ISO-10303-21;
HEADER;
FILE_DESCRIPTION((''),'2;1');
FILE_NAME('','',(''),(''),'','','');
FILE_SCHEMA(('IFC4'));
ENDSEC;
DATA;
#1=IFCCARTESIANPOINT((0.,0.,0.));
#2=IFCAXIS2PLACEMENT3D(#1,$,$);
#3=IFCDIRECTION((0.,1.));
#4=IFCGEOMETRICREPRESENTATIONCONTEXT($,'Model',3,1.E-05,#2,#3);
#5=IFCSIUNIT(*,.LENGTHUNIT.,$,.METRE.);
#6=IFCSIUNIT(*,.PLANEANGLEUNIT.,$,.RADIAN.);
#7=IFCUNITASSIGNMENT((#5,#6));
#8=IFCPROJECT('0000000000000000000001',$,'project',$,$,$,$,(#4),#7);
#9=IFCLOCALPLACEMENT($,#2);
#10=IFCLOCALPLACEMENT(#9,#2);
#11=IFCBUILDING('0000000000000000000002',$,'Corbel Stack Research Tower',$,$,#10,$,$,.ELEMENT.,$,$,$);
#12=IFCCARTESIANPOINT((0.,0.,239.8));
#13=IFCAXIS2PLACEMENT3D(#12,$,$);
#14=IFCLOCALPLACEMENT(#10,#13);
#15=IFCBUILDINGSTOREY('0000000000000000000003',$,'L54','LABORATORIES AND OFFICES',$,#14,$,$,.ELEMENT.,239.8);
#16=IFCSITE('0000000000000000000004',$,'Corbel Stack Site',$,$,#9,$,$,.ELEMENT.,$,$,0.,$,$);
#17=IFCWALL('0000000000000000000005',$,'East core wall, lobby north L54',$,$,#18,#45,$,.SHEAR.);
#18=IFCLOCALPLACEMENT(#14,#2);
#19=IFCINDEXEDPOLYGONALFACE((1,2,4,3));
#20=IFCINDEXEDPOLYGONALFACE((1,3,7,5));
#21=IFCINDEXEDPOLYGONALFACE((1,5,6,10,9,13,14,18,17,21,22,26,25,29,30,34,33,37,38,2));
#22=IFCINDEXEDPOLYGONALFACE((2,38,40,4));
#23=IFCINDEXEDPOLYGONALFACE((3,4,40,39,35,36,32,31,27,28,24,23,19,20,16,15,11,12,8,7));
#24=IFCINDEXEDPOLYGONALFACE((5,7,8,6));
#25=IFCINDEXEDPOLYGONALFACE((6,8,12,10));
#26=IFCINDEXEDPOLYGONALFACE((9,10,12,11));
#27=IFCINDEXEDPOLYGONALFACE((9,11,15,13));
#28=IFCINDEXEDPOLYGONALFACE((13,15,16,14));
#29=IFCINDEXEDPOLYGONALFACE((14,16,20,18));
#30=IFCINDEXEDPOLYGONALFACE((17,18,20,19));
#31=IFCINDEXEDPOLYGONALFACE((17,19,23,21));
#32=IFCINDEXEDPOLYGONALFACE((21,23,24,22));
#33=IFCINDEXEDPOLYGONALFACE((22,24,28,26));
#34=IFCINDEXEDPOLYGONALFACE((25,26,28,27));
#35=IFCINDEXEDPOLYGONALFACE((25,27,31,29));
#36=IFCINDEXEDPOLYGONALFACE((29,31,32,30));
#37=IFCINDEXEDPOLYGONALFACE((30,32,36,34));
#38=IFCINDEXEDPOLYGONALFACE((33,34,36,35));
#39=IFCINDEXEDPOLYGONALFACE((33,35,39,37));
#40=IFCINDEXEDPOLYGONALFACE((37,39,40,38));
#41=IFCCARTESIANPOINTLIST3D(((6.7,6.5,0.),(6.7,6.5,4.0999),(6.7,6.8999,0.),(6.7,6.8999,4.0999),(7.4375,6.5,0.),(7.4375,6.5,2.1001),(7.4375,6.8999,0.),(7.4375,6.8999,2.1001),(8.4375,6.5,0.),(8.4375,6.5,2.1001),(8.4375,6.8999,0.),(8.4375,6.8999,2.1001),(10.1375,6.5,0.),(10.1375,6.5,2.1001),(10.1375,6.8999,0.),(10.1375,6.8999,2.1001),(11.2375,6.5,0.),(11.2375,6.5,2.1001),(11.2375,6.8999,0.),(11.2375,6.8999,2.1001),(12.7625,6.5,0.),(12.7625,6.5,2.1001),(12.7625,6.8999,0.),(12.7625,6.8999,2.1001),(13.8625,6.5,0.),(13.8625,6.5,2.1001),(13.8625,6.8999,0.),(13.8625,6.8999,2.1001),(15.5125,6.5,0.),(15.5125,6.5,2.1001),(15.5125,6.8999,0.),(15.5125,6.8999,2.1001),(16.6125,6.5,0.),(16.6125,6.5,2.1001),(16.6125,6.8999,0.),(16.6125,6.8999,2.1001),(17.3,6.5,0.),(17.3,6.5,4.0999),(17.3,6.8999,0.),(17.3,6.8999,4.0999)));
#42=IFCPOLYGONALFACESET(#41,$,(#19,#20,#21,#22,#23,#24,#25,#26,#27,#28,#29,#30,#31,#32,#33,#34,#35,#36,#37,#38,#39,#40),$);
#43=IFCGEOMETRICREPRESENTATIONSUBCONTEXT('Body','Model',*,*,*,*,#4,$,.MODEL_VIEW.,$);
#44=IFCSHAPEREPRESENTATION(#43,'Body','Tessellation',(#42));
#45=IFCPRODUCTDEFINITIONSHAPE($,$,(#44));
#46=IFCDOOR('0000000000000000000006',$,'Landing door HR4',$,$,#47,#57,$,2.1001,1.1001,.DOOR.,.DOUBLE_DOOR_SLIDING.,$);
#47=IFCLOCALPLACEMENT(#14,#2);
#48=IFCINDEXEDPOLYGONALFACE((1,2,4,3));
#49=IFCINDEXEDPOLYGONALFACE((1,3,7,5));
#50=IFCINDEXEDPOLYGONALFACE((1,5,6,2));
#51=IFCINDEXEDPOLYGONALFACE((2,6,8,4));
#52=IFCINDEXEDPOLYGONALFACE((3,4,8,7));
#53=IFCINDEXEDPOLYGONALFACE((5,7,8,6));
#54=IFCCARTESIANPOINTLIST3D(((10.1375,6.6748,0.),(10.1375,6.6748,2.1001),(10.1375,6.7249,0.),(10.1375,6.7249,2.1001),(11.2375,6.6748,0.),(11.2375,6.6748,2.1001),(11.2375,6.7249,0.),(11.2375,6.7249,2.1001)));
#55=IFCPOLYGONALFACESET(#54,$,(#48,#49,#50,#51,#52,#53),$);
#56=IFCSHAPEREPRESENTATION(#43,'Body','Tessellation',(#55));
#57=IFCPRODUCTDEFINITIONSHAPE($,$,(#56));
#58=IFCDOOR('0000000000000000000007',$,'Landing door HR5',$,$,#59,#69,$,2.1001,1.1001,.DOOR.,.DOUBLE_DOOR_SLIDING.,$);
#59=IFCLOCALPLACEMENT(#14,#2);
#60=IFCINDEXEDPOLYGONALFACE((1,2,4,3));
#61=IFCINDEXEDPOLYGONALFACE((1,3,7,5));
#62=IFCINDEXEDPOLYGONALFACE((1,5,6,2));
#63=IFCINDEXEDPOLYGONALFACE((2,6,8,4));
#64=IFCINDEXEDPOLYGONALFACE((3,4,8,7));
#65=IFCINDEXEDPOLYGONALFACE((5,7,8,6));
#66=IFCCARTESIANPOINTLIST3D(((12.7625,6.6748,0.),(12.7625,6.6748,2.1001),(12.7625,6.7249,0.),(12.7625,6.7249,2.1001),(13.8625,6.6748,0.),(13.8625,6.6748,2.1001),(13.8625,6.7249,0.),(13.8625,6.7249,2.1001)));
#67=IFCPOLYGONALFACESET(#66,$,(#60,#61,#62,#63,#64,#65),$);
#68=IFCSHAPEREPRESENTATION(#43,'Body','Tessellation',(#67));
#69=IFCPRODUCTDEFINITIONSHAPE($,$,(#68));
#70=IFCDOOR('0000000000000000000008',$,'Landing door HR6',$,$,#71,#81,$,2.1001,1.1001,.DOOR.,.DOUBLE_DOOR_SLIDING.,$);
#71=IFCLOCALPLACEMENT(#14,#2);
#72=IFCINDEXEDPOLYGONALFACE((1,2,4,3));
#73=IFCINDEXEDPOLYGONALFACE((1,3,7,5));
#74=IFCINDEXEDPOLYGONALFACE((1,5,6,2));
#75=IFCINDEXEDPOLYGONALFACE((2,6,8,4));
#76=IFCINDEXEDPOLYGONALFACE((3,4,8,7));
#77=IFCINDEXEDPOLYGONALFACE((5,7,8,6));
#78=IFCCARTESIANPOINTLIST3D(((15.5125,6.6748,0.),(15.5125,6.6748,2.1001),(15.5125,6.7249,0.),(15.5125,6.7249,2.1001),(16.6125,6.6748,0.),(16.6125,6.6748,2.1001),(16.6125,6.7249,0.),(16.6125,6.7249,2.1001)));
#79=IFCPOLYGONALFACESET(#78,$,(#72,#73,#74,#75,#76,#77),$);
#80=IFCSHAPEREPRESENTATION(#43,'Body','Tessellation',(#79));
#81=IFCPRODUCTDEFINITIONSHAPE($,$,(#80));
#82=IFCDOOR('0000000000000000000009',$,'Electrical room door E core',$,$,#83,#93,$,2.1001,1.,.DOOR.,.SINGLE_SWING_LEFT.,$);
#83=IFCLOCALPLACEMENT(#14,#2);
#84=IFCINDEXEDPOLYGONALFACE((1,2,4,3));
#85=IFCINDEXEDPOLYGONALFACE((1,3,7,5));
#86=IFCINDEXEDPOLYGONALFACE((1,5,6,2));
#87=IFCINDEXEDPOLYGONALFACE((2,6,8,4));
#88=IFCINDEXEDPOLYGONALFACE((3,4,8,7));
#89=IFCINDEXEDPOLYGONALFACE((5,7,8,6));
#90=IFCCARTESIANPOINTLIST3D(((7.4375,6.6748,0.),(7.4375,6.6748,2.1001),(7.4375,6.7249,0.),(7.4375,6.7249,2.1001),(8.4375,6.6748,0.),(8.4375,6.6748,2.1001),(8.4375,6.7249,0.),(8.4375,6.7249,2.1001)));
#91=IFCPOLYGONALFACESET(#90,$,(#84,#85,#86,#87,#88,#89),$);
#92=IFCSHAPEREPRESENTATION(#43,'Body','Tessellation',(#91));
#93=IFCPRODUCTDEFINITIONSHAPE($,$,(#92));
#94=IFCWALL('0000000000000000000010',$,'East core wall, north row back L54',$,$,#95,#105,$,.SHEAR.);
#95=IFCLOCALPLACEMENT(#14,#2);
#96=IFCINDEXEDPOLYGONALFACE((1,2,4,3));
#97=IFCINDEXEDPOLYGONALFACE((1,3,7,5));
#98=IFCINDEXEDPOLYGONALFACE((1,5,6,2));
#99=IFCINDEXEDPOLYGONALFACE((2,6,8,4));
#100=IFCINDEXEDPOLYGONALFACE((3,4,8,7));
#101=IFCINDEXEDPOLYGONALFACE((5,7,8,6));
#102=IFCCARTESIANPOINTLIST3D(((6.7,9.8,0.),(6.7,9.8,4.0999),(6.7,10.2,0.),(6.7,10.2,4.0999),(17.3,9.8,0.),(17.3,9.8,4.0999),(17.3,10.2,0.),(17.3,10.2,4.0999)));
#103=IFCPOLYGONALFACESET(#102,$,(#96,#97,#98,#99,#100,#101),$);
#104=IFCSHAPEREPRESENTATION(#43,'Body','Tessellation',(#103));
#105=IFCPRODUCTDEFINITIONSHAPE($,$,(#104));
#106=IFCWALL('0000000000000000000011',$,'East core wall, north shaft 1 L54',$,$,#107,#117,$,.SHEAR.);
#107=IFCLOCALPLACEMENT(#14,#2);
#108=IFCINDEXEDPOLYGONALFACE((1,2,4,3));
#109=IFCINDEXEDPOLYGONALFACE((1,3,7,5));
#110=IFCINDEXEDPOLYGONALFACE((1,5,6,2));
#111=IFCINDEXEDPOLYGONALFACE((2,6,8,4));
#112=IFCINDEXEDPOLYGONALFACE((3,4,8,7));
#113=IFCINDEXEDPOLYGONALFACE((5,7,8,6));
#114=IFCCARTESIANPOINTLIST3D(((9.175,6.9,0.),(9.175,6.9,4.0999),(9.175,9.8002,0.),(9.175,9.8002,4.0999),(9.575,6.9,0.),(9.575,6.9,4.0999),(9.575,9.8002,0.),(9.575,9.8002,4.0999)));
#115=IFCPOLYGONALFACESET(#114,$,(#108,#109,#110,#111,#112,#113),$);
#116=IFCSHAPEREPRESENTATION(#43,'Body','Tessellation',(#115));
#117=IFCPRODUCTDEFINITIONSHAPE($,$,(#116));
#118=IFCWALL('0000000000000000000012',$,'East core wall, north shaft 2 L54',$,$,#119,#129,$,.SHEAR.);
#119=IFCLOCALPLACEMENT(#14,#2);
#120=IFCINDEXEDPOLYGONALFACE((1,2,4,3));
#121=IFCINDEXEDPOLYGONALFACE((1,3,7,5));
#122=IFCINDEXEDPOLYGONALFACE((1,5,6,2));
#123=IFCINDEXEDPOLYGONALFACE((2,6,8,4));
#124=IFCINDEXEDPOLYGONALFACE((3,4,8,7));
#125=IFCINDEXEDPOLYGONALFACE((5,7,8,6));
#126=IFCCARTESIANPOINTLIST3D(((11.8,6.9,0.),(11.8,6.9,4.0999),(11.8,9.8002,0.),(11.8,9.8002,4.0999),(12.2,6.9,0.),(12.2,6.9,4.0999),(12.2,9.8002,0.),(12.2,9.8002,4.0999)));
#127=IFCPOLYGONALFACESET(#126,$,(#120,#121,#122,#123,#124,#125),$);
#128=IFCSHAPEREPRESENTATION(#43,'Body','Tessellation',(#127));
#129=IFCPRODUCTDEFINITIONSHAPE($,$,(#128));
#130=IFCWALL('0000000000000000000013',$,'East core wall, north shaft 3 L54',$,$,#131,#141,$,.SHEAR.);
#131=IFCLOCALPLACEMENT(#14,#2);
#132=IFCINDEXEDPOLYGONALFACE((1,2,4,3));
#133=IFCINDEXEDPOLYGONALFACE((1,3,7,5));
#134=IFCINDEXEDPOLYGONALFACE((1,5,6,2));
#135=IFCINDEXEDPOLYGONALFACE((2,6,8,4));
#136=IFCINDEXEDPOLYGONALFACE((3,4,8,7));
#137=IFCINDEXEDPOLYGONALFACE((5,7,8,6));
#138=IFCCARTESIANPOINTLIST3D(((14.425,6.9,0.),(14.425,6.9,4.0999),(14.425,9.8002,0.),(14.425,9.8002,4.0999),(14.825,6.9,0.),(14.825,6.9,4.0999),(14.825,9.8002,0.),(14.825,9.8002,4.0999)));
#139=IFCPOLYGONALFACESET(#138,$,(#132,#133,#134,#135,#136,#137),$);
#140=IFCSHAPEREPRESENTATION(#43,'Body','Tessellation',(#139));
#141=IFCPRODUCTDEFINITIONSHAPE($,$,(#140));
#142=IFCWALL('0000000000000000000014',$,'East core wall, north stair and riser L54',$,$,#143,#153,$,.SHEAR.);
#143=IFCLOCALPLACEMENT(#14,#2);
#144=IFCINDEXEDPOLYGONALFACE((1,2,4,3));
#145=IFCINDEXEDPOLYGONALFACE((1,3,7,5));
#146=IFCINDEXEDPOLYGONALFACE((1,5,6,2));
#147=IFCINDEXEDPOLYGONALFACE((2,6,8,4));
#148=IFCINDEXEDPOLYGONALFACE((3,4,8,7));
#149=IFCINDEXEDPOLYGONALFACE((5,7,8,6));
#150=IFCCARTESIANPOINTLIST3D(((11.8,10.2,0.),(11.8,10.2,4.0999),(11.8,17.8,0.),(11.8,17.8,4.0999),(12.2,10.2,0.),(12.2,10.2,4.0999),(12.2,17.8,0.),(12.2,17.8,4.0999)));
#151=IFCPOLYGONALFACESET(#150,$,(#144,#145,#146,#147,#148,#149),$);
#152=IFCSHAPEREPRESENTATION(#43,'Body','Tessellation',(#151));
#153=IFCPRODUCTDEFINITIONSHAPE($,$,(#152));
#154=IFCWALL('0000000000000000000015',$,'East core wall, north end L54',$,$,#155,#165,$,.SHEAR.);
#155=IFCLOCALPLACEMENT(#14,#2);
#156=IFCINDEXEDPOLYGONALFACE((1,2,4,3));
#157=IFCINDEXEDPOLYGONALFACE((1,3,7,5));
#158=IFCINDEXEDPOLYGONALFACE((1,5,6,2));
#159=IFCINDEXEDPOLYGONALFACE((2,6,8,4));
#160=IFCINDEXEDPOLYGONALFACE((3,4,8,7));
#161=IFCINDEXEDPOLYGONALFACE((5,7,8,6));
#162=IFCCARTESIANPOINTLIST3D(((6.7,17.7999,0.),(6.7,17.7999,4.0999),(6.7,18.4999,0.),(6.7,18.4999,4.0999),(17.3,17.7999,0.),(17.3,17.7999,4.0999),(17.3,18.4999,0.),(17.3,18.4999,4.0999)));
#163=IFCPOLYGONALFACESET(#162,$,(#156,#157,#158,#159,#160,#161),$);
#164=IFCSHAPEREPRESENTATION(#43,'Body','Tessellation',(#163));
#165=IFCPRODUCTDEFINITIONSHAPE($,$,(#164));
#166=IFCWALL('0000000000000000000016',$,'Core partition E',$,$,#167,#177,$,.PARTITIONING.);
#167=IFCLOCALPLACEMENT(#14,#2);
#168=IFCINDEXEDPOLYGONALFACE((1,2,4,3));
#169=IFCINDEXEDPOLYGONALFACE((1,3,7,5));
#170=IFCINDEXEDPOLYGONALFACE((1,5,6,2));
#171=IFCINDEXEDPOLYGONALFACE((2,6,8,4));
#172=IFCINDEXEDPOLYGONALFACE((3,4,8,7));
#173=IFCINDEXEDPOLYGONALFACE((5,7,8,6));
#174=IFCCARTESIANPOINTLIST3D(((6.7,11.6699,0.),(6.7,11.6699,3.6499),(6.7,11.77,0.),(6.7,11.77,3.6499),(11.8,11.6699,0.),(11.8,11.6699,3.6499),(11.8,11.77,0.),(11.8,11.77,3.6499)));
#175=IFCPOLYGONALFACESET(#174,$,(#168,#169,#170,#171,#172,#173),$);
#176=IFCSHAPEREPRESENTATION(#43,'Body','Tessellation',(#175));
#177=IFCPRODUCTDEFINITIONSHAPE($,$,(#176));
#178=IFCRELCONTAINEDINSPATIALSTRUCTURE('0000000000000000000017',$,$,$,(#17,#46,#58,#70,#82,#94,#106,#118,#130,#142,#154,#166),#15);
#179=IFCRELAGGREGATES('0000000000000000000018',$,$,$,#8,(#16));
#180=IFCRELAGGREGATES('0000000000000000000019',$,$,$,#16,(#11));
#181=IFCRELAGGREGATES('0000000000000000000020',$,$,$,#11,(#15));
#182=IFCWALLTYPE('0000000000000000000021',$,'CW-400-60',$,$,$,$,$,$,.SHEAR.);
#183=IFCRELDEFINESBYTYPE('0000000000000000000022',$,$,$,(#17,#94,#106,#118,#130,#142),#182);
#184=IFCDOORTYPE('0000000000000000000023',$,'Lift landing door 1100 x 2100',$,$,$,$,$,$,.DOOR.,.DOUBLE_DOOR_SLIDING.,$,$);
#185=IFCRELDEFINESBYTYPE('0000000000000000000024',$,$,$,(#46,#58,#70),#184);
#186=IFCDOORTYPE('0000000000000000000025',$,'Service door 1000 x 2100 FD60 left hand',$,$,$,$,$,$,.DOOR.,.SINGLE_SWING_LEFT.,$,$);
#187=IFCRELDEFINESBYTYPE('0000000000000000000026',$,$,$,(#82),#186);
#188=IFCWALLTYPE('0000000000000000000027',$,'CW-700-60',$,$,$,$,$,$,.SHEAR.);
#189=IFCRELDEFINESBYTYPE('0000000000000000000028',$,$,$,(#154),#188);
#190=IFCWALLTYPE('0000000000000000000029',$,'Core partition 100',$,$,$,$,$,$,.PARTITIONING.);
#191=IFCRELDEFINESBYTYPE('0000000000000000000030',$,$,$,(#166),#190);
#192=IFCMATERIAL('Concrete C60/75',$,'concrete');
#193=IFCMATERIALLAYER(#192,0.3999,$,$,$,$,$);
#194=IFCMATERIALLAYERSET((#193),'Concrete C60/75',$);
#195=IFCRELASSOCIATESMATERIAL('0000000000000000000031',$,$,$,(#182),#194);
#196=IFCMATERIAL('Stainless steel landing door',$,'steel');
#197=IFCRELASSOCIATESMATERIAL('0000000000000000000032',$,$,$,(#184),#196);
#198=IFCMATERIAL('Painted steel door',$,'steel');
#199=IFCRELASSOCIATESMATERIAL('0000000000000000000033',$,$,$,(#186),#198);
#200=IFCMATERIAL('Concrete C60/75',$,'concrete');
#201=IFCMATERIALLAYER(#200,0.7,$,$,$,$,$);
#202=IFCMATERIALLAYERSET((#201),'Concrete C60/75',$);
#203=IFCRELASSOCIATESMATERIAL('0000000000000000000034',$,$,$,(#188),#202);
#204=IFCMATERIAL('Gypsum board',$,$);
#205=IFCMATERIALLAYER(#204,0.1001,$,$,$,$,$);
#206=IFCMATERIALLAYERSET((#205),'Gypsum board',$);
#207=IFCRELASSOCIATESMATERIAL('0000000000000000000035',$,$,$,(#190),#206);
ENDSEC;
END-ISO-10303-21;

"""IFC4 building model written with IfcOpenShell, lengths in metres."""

from ifc_helpers import new_model, si_unit, direction, frame, frame_2d, origin, place, context, subcontext, project, spatial, rectangle, extrude, material, layer, layer_set, type_object, element, fill, save


model = new_model("IFC4")

# Units and contexts
model_context = context("Model", 3, precision=1e-05, world=origin(), true_north=direction((0.0, 1.0)))
body_context = subcontext(model_context, "Body", "Model", "MODEL_VIEW")
ifc_project = project(units=[si_unit("LENGTHUNIT", "METRE"), si_unit("PLANEANGLEUNIT", "RADIAN")], contexts=[model_context])

# Site, building, storey
site_placement = place(None, origin())
site = spatial("IfcSite", under=ifc_project, at=site_placement, Name="Corbel Stack Site", CompositionType="ELEMENT", RefElevation=0.0)
building_placement = place(site_placement, origin())
building = spatial("IfcBuilding", under=site, at=building_placement, Name="Corbel Stack Research Tower", CompositionType="ELEMENT")
storey_placement = place(building_placement, frame((0.0, 0.0, 239.8)))
storey = spatial("IfcBuildingStorey", under=building, at=storey_placement, Name="L54", Description="LABORATORIES AND OFFICES", CompositionType="ELEMENT", Elevation=239.8)

# Wall, openings, doors
ifc_material_1 = material(Name="Concrete C60/75", Category="concrete")
ifc_layer_1 = layer(ifc_material_1, 0.3999)
ifc_layer_set_1 = layer_set([ifc_layer_1], Name="Concrete C60/75")
wall_type_1 = type_object("IfcWallType", Name="CW-400-60", PredefinedType="SHEAR", material=ifc_layer_set_1)
ifc_material_2 = material(Name="Stainless steel landing door", Category="steel")
door_type_1 = type_object("IfcDoorType", Name="Lift landing door 1100 x 2100", OperationType="DOUBLE_DOOR_SLIDING", PredefinedType="DOOR", material=ifc_material_2)
ifc_material_3 = material(Name="Painted steel door", Category="steel")
door_type_2 = type_object("IfcDoorType", Name="Service door 1000 x 2100 FD60 left hand", OperationType="SINGLE_SWING_LEFT", PredefinedType="DOOR", material=ifc_material_3)
wall_1_placement = place(storey_placement, frame((6.7, 6.7, 0.0), z_axis=(0.0, 0.0, 1.0), x_axis=(1.0, 0.0, 0.0)))
wall_1 = element("IfcWall", 1, at=wall_1_placement, inside=storey, type_object=wall_type_1, Name="East core wall, lobby north L54", PredefinedType="SHEAR", context=body_context, shape_type="SweptSolid", body=[
    extrude(rectangle(XDim=10.6001, YDim=0.3999, at=frame_2d((5.3, 0.0))), origin(), (0.0, 0.0, 1.0), 4.0999),
])
opening_1_placement = place(wall_1_placement, frame((3.4375, 0.0, 0.0)))
opening_1 = element("IfcOpeningElement", 2, at=opening_1_placement, cuts=wall_1, PredefinedType="OPENING", context=body_context, shape_type="SweptSolid", body=[
    extrude(rectangle(XDim=1.1001, YDim=2.1001, at=frame_2d((0.55, 1.05))), frame((0.0, 0.21, 0.0), z_axis=(0.0, -1.0, 0.0), x_axis=(1.0, 0.0, 0.0)), (0.0, 0.0, 1.0), 0.4199),
])
opening_2_placement = place(wall_1_placement, frame((6.0625, 0.0, 0.0)))
opening_2 = element("IfcOpeningElement", 3, at=opening_2_placement, cuts=wall_1, PredefinedType="OPENING", context=body_context, shape_type="SweptSolid", body=[
    extrude(rectangle(XDim=1.1001, YDim=2.1001, at=frame_2d((0.55, 1.05))), frame((0.0, 0.21, 0.0), z_axis=(0.0, -1.0, 0.0), x_axis=(1.0, 0.0, 0.0)), (0.0, 0.0, 1.0), 0.4199),
])
opening_3_placement = place(wall_1_placement, frame((8.8125, 0.0, 0.0)))
opening_3 = element("IfcOpeningElement", 4, at=opening_3_placement, cuts=wall_1, PredefinedType="OPENING", context=body_context, shape_type="SweptSolid", body=[
    extrude(rectangle(XDim=1.1001, YDim=2.1001, at=frame_2d((0.55, 1.05))), frame((0.0, 0.21, 0.0), z_axis=(0.0, -1.0, 0.0), x_axis=(1.0, 0.0, 0.0)), (0.0, 0.0, 1.0), 0.4199),
])
opening_4_placement = place(wall_1_placement, frame((0.7375, 0.0, 0.0)))
opening_4 = element("IfcOpeningElement", 5, at=opening_4_placement, cuts=wall_1, PredefinedType="OPENING", context=body_context, shape_type="SweptSolid", body=[
    extrude(rectangle(XDim=1.0, YDim=2.1001, at=frame_2d((0.5, 1.05))), frame((0.0, 0.21, 0.0), z_axis=(0.0, -1.0, 0.0), x_axis=(1.0, 0.0, 0.0)), (0.0, 0.0, 1.0), 0.4199),
])
door_1_placement = place(opening_1_placement, origin())
door_1 = element("IfcDoor", 6, at=door_1_placement, inside=storey, type_object=door_type_1, Name="Landing door HR4", OperationType="DOUBLE_DOOR_SLIDING", OverallHeight=2.1001, OverallWidth=1.1001, PredefinedType="DOOR", context=body_context, shape_type="SweptSolid", body=[
    extrude(rectangle(XDim=1.1001, YDim=2.1001, at=frame_2d((0.55, 1.05))), frame((0.0, 0.0249, 0.0), z_axis=(0.0, -1.0, 0.0), x_axis=(1.0, 0.0, 0.0)), (0.0, 0.0, 1.0), 0.05),
])
fill(opening_1, door_1)
door_2_placement = place(opening_2_placement, origin())
door_2 = element("IfcDoor", 7, at=door_2_placement, inside=storey, type_object=door_type_1, Name="Landing door HR5", OperationType="DOUBLE_DOOR_SLIDING", OverallHeight=2.1001, OverallWidth=1.1001, PredefinedType="DOOR", context=body_context, shape_type="SweptSolid", body=[
    extrude(rectangle(XDim=1.1001, YDim=2.1001, at=frame_2d((0.55, 1.05))), frame((0.0, 0.0249, 0.0), z_axis=(0.0, -1.0, 0.0), x_axis=(1.0, 0.0, 0.0)), (0.0, 0.0, 1.0), 0.05),
])
fill(opening_2, door_2)
door_3_placement = place(opening_3_placement, origin())
door_3 = element("IfcDoor", 8, at=door_3_placement, inside=storey, type_object=door_type_1, Name="Landing door HR6", OperationType="DOUBLE_DOOR_SLIDING", OverallHeight=2.1001, OverallWidth=1.1001, PredefinedType="DOOR", context=body_context, shape_type="SweptSolid", body=[
    extrude(rectangle(XDim=1.1001, YDim=2.1001, at=frame_2d((0.55, 1.05))), frame((0.0, 0.0249, 0.0), z_axis=(0.0, -1.0, 0.0), x_axis=(1.0, 0.0, 0.0)), (0.0, 0.0, 1.0), 0.05),
])
fill(opening_3, door_3)
door_4_placement = place(opening_4_placement, origin())
door_4 = element("IfcDoor", 9, at=door_4_placement, inside=storey, type_object=door_type_2, Name="Electrical room door E core", OperationType="SINGLE_SWING_LEFT", OverallHeight=2.1001, OverallWidth=1.0, PredefinedType="DOOR", context=body_context, shape_type="SweptSolid", body=[
    extrude(rectangle(XDim=1.0, YDim=2.1001, at=frame_2d((0.5, 1.05))), frame((0.0, 0.0249, 0.0), z_axis=(0.0, -1.0, 0.0), x_axis=(1.0, 0.0, 0.0)), (0.0, 0.0, 1.0), 0.05),
])
fill(opening_4, door_4)

# Walls
wall_2_placement = place(storey_placement, frame((6.7, 10.0, 0.0), z_axis=(0.0, 0.0, 1.0), x_axis=(1.0, 0.0, 0.0)))
element("IfcWall", 10, at=wall_2_placement, inside=storey, type_object=wall_type_1, Name="East core wall, north row back L54", PredefinedType="SHEAR", context=body_context, shape_type="SweptSolid", body=[
    extrude(rectangle(XDim=10.6001, YDim=0.3999, at=frame_2d((5.3, 0.0))), origin(), (0.0, 0.0, 1.0), 4.0999),
])
for number, where, z_axis, x_axis, name in (
    (11, (9.375, 6.8999, 0.0), (0.0, 0.0, 1.0), (0.0, 1.0, 0.0), "East core wall, north shaft 1 L54"),
    (12, (12.0, 6.8999, 0.0), (0.0, 0.0, 1.0), (0.0, 1.0, 0.0), "East core wall, north shaft 2 L54"),
    (13, (14.625, 6.8999, 0.0), (0.0, 0.0, 1.0), (0.0, 1.0, 0.0), "East core wall, north shaft 3 L54"),
):
    element("IfcWall", number, at=place(storey_placement, frame(where, z_axis=z_axis, x_axis=x_axis)), inside=storey, type_object=wall_type_1, Name=name, PredefinedType="SHEAR", context=body_context, shape_type="SweptSolid", body=[
        extrude(rectangle(XDim=2.9001, YDim=0.3999, at=frame_2d((1.4502, 0.0))), origin(), (0.0, 0.0, 1.0), 4.0999),
    ])
wall_3_placement = place(storey_placement, frame((12.0, 10.2, 0.0), z_axis=(0.0, 0.0, 1.0), x_axis=(0.0, 1.0, 0.0)))
element("IfcWall", 14, at=wall_3_placement, inside=storey, type_object=wall_type_1, Name="East core wall, north stair and riser L54", PredefinedType="SHEAR", context=body_context, shape_type="SweptSolid", body=[
    extrude(rectangle(XDim=7.6001, YDim=0.3999, at=frame_2d((3.8, 0.0))), origin(), (0.0, 0.0, 1.0), 4.0999),
])
ifc_material_4 = material(Name="Concrete C60/75", Category="concrete")
ifc_layer_2 = layer(ifc_material_4, 0.7)
ifc_layer_set_2 = layer_set([ifc_layer_2], Name="Concrete C60/75")
wall_type_2 = type_object("IfcWallType", Name="CW-700-60", PredefinedType="SHEAR", material=ifc_layer_set_2)
wall_4_placement = place(storey_placement, frame((6.7, 18.1499, 0.0), z_axis=(0.0, 0.0, 1.0), x_axis=(1.0, 0.0, 0.0)))
element("IfcWall", 15, at=wall_4_placement, inside=storey, type_object=wall_type_2, Name="East core wall, north end L54", PredefinedType="SHEAR", context=body_context, shape_type="SweptSolid", body=[
    extrude(rectangle(XDim=10.6001, YDim=0.7, at=frame_2d((5.3, 0.0))), origin(), (0.0, 0.0, 1.0), 4.0999),
])
ifc_material_5 = material(Name="Gypsum board")
ifc_layer_3 = layer(ifc_material_5, 0.1001)
ifc_layer_set_3 = layer_set([ifc_layer_3], Name="Gypsum board")
wall_type_3 = type_object("IfcWallType", Name="Core partition 100", PredefinedType="PARTITIONING", material=ifc_layer_set_3)
for number, where, z_axis, x_axis, name in (
    (16, (6.7, 11.72, 0.0), (0.0, 0.0, 1.0), (1.0, 0.0, 0.0), "Core partition E"),
):
    element("IfcWall", number, at=place(storey_placement, frame(where, z_axis=z_axis, x_axis=x_axis)), inside=storey, type_object=wall_type_3, Name=name, PredefinedType="PARTITIONING", context=body_context, shape_type="SweptSolid", body=[
        extrude(rectangle(XDim=5.1001, YDim=0.1001, at=frame_2d((2.55, 0.0))), origin(), (0.0, 0.0, 1.0), 3.6499),
    ])

save(model, "model.ifc")
